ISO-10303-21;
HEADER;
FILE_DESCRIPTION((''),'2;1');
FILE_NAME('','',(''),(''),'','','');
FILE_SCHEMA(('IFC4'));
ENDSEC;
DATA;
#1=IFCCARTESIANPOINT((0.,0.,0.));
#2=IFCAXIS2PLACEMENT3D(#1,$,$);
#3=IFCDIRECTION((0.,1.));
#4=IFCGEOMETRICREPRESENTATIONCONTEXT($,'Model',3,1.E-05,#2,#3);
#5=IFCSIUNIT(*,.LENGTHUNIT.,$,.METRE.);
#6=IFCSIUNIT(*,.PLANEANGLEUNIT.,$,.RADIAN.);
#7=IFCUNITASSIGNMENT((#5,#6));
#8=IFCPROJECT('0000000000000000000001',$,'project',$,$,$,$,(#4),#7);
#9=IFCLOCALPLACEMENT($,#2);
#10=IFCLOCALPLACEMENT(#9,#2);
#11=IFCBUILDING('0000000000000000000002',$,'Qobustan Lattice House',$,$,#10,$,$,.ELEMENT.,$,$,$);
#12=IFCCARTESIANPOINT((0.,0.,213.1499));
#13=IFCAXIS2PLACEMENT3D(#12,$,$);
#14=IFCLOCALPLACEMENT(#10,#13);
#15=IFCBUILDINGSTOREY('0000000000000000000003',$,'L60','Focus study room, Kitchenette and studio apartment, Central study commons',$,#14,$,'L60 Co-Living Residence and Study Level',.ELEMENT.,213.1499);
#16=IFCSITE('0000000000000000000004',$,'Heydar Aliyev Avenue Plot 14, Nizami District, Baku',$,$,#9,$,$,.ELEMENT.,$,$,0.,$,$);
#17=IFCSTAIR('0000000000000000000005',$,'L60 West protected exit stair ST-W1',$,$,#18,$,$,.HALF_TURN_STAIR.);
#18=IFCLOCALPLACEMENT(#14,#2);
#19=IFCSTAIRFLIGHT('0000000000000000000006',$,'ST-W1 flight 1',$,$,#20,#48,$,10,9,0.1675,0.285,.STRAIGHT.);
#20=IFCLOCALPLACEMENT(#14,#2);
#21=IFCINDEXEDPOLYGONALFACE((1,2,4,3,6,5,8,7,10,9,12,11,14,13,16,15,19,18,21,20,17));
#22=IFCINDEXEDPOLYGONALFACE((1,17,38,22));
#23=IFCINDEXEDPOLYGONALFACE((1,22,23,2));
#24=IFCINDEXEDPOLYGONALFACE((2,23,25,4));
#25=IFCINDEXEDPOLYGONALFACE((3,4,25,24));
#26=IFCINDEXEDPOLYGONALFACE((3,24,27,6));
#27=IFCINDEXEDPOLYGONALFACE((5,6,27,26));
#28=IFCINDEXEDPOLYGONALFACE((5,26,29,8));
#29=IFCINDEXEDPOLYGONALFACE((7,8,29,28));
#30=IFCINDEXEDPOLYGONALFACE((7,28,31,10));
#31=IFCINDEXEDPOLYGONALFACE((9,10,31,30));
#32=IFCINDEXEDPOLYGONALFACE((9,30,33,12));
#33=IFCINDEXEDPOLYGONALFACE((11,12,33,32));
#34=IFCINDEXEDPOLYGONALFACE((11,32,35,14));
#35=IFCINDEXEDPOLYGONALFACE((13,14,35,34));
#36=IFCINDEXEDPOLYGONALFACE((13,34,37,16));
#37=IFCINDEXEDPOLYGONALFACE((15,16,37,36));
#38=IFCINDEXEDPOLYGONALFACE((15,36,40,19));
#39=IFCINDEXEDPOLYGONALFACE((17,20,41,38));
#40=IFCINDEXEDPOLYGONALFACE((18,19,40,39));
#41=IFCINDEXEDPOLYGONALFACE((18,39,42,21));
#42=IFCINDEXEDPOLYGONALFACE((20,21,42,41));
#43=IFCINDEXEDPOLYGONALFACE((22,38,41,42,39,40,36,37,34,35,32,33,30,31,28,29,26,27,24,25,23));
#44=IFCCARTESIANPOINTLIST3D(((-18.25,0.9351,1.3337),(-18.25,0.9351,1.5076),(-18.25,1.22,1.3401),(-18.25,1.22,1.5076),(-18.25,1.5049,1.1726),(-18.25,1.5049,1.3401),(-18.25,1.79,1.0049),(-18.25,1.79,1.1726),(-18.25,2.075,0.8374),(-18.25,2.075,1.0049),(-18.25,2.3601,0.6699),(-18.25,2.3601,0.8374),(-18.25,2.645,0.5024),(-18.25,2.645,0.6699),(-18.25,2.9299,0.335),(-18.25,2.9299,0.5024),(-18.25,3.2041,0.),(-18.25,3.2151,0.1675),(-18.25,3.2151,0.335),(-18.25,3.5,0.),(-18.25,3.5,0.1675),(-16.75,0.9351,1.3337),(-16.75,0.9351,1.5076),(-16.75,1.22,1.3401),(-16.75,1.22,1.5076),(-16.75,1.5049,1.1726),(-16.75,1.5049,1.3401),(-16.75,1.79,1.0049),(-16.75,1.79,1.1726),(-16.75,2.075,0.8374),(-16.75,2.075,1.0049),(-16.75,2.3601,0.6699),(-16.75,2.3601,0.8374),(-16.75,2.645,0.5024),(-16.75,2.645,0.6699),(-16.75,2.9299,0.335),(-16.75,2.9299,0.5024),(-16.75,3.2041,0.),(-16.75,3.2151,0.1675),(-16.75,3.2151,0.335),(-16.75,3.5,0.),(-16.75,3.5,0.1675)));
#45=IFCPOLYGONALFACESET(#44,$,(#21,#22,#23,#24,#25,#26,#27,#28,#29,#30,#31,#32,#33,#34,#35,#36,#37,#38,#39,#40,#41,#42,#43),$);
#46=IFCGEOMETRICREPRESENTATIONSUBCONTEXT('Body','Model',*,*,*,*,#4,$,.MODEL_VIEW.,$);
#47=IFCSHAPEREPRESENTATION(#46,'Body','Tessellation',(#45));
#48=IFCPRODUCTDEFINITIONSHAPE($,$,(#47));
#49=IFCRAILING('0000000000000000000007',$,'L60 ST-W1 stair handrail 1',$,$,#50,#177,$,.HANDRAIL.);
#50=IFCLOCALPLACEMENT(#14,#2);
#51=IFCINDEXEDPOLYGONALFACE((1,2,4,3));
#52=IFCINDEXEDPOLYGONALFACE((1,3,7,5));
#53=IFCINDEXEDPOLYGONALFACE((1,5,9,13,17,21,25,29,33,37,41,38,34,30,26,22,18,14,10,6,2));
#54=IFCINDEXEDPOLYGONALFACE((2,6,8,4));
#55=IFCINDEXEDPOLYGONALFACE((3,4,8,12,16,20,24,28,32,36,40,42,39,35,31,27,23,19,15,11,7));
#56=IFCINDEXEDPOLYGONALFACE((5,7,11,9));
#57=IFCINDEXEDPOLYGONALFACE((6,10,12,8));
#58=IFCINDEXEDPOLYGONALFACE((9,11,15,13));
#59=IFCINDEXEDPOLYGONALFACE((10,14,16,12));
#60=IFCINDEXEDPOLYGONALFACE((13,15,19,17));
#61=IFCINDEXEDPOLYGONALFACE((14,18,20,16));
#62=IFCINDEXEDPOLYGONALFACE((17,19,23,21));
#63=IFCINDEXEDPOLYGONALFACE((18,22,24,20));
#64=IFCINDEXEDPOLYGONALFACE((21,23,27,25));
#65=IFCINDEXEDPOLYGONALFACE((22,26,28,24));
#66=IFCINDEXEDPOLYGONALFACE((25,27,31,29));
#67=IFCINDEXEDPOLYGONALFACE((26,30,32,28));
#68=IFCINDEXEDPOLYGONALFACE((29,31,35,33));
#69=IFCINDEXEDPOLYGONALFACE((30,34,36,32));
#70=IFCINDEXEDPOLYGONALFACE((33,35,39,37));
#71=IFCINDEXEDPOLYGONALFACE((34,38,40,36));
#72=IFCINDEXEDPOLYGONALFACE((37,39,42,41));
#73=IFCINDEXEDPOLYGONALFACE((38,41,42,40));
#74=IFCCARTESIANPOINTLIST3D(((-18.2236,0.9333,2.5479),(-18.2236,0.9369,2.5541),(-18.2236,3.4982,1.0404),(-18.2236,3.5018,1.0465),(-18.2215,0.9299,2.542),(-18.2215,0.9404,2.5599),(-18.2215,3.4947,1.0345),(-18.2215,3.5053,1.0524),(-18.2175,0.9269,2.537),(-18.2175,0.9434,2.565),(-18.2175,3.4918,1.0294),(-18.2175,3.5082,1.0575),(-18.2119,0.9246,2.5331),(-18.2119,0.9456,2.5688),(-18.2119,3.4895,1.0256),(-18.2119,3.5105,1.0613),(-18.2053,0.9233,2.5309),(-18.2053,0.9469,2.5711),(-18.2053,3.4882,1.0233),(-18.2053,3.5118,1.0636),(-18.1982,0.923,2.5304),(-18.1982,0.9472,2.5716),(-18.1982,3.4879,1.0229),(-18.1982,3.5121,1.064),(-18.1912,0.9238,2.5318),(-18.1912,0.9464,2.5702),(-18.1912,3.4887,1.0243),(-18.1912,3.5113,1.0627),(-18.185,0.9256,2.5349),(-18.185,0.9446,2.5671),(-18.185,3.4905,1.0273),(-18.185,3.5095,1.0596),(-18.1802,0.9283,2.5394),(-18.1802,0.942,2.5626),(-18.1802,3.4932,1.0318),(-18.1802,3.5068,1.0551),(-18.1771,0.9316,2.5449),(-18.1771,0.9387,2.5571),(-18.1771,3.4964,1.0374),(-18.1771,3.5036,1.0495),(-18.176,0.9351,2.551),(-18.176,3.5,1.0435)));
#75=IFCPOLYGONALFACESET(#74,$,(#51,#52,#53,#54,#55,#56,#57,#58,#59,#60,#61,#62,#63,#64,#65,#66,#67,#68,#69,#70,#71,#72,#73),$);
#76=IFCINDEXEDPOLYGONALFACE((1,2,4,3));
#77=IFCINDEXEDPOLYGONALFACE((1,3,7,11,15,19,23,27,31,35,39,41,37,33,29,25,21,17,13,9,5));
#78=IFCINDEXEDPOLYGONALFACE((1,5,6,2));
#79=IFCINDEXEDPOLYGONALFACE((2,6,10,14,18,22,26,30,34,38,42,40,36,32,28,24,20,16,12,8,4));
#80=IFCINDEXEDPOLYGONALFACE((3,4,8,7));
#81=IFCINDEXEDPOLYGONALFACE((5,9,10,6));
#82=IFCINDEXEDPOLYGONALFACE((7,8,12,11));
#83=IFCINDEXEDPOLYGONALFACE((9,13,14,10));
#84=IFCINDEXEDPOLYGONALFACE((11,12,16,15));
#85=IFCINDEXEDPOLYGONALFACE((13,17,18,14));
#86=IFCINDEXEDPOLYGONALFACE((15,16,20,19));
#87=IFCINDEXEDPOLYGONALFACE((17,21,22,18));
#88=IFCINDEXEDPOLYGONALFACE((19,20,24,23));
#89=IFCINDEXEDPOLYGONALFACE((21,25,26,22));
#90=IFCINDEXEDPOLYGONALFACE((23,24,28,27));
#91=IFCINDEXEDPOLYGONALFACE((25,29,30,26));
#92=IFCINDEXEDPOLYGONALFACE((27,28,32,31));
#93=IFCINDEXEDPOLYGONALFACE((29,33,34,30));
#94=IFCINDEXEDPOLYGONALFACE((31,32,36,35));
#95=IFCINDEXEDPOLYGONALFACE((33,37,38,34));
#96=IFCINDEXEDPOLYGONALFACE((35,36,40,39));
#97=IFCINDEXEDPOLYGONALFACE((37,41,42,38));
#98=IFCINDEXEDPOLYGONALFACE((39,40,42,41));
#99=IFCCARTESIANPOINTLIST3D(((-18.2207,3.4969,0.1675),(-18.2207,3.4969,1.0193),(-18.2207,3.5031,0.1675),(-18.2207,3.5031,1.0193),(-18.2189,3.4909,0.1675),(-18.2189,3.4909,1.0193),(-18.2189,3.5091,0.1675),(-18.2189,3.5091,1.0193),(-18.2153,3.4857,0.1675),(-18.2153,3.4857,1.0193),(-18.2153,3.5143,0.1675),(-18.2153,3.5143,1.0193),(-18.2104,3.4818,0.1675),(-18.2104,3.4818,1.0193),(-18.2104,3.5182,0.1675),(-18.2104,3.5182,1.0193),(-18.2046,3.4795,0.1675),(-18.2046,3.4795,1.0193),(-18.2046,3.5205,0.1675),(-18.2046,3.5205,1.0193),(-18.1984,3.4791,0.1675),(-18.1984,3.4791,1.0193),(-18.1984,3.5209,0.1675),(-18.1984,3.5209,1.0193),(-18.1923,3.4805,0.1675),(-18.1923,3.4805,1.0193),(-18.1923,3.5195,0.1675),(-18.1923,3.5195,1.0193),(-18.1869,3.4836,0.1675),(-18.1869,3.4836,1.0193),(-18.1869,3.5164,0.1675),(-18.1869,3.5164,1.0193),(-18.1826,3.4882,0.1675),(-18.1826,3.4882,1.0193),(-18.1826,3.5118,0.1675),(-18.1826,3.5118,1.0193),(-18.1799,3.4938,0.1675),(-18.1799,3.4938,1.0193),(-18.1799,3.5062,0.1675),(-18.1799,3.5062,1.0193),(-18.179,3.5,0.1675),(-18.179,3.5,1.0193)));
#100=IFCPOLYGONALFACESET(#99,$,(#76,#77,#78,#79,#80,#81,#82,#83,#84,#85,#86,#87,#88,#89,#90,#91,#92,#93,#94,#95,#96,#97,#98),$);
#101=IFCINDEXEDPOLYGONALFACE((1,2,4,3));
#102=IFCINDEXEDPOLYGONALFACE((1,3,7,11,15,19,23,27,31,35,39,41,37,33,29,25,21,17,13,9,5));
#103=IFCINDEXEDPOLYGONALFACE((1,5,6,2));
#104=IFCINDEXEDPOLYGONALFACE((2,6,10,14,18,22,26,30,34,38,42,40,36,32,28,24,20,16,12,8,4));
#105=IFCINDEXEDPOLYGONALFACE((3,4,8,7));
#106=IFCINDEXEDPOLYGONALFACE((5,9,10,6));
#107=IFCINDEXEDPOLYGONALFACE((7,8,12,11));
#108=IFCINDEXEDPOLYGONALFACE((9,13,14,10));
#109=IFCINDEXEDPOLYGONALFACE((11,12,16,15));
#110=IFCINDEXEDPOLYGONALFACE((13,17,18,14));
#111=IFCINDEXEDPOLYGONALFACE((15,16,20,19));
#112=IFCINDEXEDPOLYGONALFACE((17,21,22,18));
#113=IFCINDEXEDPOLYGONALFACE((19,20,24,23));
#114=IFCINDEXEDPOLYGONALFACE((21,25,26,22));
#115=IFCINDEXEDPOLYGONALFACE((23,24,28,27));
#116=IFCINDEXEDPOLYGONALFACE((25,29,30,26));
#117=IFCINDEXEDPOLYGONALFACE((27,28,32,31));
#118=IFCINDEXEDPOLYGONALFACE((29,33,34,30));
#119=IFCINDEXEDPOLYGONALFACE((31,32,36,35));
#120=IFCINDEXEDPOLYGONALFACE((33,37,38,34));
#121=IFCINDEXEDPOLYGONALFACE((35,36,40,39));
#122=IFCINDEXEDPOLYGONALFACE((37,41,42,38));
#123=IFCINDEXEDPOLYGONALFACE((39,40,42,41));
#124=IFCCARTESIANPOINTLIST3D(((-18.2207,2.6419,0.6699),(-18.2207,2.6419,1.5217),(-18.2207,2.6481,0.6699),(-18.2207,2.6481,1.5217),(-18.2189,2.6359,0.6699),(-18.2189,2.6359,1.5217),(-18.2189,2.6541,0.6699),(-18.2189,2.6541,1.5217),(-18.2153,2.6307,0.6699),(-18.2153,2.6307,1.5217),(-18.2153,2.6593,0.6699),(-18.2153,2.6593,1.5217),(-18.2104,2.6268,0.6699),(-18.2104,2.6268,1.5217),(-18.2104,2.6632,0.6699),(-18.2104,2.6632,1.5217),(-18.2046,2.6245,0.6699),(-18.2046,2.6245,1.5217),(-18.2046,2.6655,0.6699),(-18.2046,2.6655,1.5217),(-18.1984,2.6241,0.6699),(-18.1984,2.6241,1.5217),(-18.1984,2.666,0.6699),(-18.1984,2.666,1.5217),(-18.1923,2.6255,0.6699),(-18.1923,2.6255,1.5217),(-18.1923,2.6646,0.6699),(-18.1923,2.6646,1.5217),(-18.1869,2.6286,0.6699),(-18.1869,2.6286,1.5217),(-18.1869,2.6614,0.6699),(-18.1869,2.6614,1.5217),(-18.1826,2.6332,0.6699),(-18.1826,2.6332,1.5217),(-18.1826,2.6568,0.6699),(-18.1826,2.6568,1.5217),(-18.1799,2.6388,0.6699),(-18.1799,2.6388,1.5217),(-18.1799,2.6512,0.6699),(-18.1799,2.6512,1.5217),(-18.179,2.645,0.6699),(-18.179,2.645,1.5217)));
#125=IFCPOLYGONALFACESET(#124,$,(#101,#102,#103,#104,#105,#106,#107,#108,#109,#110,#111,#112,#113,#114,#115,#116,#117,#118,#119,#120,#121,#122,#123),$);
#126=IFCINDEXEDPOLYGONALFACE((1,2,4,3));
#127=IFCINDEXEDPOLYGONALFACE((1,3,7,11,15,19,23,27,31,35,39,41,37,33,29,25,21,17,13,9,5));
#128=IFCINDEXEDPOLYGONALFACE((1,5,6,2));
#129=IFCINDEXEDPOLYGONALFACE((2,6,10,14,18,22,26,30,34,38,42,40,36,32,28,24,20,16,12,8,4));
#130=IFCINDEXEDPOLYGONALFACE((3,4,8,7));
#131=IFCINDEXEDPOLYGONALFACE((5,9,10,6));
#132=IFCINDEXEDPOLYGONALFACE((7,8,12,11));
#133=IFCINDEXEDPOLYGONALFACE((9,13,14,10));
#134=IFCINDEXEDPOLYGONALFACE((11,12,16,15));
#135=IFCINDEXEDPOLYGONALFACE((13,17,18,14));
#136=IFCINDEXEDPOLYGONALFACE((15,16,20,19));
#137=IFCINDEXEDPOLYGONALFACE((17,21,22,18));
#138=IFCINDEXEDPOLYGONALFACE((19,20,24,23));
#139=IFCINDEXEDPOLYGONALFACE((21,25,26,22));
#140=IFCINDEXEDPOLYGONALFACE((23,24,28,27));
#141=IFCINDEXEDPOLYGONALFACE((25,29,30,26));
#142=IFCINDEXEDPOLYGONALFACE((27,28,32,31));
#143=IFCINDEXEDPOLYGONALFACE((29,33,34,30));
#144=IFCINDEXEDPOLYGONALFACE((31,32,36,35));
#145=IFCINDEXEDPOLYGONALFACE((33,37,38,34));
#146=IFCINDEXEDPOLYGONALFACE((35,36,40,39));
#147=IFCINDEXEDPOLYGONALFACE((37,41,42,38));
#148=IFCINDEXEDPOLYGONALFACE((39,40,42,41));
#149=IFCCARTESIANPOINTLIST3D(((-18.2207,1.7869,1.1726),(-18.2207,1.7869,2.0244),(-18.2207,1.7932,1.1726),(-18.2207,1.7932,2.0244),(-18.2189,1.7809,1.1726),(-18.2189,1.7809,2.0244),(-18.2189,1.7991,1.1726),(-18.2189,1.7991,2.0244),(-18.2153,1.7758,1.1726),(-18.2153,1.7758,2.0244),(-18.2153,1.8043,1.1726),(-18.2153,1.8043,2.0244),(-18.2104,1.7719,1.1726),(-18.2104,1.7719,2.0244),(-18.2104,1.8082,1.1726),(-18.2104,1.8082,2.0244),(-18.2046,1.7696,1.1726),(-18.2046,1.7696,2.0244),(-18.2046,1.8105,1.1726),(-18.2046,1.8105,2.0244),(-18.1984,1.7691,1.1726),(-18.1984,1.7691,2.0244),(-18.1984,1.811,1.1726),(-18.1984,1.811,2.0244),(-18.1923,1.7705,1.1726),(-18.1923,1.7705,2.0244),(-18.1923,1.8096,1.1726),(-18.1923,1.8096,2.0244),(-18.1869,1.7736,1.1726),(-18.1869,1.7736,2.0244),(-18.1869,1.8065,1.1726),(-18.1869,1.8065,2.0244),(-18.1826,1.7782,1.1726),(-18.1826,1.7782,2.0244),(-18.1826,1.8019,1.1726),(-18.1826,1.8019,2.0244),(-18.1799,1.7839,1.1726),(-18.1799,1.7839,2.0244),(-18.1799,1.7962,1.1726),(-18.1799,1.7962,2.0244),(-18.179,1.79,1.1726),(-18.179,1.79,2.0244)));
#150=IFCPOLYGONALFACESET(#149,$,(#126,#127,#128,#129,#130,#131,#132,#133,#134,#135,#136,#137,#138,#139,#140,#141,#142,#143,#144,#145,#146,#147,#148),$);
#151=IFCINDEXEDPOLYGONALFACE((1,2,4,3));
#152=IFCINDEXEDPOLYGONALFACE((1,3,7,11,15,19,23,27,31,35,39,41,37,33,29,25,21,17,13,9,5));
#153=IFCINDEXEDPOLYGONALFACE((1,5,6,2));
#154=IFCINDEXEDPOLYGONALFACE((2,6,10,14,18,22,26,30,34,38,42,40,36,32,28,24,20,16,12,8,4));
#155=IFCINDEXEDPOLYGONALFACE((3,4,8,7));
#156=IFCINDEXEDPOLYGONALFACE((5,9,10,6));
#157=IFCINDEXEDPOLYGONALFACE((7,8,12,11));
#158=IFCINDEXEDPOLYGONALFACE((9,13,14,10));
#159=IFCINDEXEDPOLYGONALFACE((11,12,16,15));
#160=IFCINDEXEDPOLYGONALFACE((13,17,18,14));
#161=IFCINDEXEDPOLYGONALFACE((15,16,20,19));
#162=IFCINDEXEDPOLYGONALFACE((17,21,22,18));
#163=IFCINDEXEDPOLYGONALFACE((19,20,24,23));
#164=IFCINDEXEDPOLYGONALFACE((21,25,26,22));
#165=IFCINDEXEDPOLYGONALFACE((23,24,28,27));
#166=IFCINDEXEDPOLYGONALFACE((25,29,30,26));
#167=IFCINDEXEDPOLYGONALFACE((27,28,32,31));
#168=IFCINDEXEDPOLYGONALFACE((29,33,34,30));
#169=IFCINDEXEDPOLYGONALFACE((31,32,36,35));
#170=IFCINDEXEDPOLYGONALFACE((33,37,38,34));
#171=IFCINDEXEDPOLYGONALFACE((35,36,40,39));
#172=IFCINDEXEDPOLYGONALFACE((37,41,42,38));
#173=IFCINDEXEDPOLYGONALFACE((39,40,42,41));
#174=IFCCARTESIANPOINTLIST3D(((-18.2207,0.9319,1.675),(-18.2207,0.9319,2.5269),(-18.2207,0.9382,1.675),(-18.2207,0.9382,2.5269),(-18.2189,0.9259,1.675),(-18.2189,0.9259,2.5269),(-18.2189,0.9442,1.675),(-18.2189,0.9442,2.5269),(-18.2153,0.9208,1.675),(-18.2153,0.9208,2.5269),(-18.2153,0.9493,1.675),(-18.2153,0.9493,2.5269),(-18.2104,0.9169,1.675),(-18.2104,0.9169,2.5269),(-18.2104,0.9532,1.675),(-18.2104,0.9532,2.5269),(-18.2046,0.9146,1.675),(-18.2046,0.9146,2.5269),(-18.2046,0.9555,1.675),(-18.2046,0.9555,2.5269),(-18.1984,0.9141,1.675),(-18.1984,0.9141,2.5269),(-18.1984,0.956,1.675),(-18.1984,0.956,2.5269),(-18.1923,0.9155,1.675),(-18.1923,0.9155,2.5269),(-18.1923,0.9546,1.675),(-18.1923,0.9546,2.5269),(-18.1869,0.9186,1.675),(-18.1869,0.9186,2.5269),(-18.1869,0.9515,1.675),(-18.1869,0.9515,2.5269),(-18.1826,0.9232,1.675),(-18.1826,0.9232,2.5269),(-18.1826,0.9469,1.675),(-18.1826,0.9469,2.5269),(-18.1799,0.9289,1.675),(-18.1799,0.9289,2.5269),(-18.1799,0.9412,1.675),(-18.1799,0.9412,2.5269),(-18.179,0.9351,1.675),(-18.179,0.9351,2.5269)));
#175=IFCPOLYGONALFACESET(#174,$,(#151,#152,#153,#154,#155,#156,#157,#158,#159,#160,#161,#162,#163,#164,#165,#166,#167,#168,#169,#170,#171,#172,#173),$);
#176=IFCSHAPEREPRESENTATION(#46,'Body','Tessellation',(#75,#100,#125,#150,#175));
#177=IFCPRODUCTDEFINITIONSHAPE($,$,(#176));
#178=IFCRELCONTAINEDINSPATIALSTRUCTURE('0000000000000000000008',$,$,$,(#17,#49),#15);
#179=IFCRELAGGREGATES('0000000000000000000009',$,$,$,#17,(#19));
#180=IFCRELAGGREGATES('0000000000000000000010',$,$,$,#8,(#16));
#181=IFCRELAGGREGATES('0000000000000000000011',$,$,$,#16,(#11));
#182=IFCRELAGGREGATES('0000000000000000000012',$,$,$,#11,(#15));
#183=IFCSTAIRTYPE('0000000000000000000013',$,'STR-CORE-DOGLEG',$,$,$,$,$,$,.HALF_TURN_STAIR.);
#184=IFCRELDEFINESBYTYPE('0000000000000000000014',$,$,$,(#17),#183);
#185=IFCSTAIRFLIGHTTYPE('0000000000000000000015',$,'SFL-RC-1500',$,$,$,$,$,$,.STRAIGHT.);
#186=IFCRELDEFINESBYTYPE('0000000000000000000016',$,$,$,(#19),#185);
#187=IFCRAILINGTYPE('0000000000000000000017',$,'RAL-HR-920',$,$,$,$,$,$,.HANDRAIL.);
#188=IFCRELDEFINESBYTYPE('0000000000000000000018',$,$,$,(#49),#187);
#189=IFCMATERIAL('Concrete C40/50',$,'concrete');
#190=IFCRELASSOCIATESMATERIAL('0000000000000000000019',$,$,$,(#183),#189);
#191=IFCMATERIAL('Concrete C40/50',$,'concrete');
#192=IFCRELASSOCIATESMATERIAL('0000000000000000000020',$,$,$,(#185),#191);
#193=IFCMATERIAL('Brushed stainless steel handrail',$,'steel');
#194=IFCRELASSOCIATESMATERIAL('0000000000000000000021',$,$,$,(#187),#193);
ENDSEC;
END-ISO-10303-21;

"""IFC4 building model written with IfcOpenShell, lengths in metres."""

from ifc_helpers import new_model, si_unit, direction, frame, origin, origin_2d, place, context, subcontext, project, spatial, polyline, circle, outline, extrude, material, type_object, element, aggregate, save


model = new_model("IFC4")

# Units and contexts
model_context = context("Model", 3, precision=1e-05, world=origin(), true_north=direction((0.0, 1.0)))
body_context = subcontext(model_context, "Body", "Model", "MODEL_VIEW")
ifc_project = project(units=[si_unit("LENGTHUNIT", "METRE"), si_unit("PLANEANGLEUNIT", "RADIAN")], contexts=[model_context])

# Site, building, storey
site_placement = place(None, origin())
site = spatial("IfcSite", under=ifc_project, at=site_placement, Name="Heydar Aliyev Avenue Plot 14, Nizami District, Baku", CompositionType="ELEMENT", RefElevation=0.0)
building_placement = place(site_placement, origin())
building = spatial("IfcBuilding", under=site, at=building_placement, Name="Qobustan Lattice House", CompositionType="ELEMENT")
storey_placement = place(building_placement, frame((0.0, 0.0, 213.1499)))
storey = spatial("IfcBuildingStorey", under=building, at=storey_placement, Name="L60", Description="Focus study room, Kitchenette and studio apartment, Central study commons", LongName="L60 Co-Living Residence and Study Level", CompositionType="ELEMENT", Elevation=213.1499)

# Stair, stair flight
ifc_material_1 = material(Name="Concrete C40/50", Category="concrete")
stair_type = type_object("IfcStairType", Name="STR-CORE-DOGLEG", PredefinedType="HALF_TURN_STAIR", material=ifc_material_1)
stair_placement = place(storey_placement, origin())
stair = element("IfcStair", 1, at=stair_placement, inside=storey, type_object=stair_type, Name="L60 West protected exit stair ST-W1", PredefinedType="HALF_TURN_STAIR")
ifc_material_2 = material(Name="Concrete C40/50", Category="concrete")
stair_flight_type = type_object("IfcStairFlightType", Name="SFL-RC-1500", PredefinedType="STRAIGHT", material=ifc_material_2)
stair_flight_placement = place(storey_placement, frame((-17.5, 3.5, 0.0), z_axis=(0.0, 0.0, 1.0), x_axis=(0.0, -1.0, 0.0)))
stair_flight = element("IfcStairFlight", 2, at=stair_flight_placement, type_object=stair_flight_type, Name="ST-W1 flight 1", NumberOfRisers=10, NumberOfTreads=9, PredefinedType="STRAIGHT", RiserHeight=0.1675, TreadLength=0.285, context=body_context, shape_type="SweptSolid", body=[
    extrude(outline(polyline([(0.0, 0.0), (0.0, 0.1675), (0.2849, 0.1675), (0.2849, 0.335), (0.5701, 0.335), (0.5701, 0.5024), (0.855, 0.5024), (0.855, 0.6699), (1.1399, 0.6699), (1.1399, 0.8374), (1.425, 0.8374), (1.425, 1.0049), (1.71, 1.0049), (1.71, 1.1726), (1.9951, 1.1726), (1.9951, 1.3401), (2.28, 1.3401), (2.28, 1.5076), (2.5649, 1.5076), (2.5649, 1.675), (2.5649, 1.3337), (0.2959, 0.0), (0.0, 0.0)])), frame((0.0, 0.75, 0.0), z_axis=(0.0, -1.0, 0.0), x_axis=(1.0, 0.0, 0.0)), (0.0, 0.0, 1.0), 1.5),
])
aggregate(stair, [stair_flight])

# Railing
ifc_material_3 = material(Name="Brushed stainless steel handrail", Category="steel")
railing_type_1 = type_object("IfcRailingType", Name="RAL-HR-920", PredefinedType="HANDRAIL", material=ifc_material_3)
railing_1_placement = place(storey_placement, frame((-18.2, 3.5, 0.1675)))
element("IfcRailing", 3, at=railing_1_placement, inside=storey, type_object=railing_type_1, Name="L60 ST-W1 stair handrail 1", PredefinedType="HANDRAIL", context=body_context, shape_type="SweptSolid", body=[
    extrude(circle(Radius=0.0239, at=origin_2d()), frame((0.0, 0.0, 0.876), z_axis=(0.0, -0.862113, 0.506715), x_axis=(1.0, 0.0, 0.0)), (0.0, 0.0, 1.0), 2.9751),
    extrude(circle(Radius=0.021, at=origin_2d()), origin(), (0.0, 0.0, 1.0), 0.8518),
    extrude(circle(Radius=0.021, at=origin_2d()), frame((0.0, -0.855, 0.5024)), (0.0, 0.0, 1.0), 0.8518),
    extrude(circle(Radius=0.021, at=origin_2d()), frame((0.0, -1.71, 1.0051)), (0.0, 0.0, 1.0), 0.8518),
    extrude(circle(Radius=0.021, at=origin_2d()), frame((0.0, -2.5649, 1.5076)), (0.0, 0.0, 1.0), 0.8518),
])

save(model, "model.ifc")
